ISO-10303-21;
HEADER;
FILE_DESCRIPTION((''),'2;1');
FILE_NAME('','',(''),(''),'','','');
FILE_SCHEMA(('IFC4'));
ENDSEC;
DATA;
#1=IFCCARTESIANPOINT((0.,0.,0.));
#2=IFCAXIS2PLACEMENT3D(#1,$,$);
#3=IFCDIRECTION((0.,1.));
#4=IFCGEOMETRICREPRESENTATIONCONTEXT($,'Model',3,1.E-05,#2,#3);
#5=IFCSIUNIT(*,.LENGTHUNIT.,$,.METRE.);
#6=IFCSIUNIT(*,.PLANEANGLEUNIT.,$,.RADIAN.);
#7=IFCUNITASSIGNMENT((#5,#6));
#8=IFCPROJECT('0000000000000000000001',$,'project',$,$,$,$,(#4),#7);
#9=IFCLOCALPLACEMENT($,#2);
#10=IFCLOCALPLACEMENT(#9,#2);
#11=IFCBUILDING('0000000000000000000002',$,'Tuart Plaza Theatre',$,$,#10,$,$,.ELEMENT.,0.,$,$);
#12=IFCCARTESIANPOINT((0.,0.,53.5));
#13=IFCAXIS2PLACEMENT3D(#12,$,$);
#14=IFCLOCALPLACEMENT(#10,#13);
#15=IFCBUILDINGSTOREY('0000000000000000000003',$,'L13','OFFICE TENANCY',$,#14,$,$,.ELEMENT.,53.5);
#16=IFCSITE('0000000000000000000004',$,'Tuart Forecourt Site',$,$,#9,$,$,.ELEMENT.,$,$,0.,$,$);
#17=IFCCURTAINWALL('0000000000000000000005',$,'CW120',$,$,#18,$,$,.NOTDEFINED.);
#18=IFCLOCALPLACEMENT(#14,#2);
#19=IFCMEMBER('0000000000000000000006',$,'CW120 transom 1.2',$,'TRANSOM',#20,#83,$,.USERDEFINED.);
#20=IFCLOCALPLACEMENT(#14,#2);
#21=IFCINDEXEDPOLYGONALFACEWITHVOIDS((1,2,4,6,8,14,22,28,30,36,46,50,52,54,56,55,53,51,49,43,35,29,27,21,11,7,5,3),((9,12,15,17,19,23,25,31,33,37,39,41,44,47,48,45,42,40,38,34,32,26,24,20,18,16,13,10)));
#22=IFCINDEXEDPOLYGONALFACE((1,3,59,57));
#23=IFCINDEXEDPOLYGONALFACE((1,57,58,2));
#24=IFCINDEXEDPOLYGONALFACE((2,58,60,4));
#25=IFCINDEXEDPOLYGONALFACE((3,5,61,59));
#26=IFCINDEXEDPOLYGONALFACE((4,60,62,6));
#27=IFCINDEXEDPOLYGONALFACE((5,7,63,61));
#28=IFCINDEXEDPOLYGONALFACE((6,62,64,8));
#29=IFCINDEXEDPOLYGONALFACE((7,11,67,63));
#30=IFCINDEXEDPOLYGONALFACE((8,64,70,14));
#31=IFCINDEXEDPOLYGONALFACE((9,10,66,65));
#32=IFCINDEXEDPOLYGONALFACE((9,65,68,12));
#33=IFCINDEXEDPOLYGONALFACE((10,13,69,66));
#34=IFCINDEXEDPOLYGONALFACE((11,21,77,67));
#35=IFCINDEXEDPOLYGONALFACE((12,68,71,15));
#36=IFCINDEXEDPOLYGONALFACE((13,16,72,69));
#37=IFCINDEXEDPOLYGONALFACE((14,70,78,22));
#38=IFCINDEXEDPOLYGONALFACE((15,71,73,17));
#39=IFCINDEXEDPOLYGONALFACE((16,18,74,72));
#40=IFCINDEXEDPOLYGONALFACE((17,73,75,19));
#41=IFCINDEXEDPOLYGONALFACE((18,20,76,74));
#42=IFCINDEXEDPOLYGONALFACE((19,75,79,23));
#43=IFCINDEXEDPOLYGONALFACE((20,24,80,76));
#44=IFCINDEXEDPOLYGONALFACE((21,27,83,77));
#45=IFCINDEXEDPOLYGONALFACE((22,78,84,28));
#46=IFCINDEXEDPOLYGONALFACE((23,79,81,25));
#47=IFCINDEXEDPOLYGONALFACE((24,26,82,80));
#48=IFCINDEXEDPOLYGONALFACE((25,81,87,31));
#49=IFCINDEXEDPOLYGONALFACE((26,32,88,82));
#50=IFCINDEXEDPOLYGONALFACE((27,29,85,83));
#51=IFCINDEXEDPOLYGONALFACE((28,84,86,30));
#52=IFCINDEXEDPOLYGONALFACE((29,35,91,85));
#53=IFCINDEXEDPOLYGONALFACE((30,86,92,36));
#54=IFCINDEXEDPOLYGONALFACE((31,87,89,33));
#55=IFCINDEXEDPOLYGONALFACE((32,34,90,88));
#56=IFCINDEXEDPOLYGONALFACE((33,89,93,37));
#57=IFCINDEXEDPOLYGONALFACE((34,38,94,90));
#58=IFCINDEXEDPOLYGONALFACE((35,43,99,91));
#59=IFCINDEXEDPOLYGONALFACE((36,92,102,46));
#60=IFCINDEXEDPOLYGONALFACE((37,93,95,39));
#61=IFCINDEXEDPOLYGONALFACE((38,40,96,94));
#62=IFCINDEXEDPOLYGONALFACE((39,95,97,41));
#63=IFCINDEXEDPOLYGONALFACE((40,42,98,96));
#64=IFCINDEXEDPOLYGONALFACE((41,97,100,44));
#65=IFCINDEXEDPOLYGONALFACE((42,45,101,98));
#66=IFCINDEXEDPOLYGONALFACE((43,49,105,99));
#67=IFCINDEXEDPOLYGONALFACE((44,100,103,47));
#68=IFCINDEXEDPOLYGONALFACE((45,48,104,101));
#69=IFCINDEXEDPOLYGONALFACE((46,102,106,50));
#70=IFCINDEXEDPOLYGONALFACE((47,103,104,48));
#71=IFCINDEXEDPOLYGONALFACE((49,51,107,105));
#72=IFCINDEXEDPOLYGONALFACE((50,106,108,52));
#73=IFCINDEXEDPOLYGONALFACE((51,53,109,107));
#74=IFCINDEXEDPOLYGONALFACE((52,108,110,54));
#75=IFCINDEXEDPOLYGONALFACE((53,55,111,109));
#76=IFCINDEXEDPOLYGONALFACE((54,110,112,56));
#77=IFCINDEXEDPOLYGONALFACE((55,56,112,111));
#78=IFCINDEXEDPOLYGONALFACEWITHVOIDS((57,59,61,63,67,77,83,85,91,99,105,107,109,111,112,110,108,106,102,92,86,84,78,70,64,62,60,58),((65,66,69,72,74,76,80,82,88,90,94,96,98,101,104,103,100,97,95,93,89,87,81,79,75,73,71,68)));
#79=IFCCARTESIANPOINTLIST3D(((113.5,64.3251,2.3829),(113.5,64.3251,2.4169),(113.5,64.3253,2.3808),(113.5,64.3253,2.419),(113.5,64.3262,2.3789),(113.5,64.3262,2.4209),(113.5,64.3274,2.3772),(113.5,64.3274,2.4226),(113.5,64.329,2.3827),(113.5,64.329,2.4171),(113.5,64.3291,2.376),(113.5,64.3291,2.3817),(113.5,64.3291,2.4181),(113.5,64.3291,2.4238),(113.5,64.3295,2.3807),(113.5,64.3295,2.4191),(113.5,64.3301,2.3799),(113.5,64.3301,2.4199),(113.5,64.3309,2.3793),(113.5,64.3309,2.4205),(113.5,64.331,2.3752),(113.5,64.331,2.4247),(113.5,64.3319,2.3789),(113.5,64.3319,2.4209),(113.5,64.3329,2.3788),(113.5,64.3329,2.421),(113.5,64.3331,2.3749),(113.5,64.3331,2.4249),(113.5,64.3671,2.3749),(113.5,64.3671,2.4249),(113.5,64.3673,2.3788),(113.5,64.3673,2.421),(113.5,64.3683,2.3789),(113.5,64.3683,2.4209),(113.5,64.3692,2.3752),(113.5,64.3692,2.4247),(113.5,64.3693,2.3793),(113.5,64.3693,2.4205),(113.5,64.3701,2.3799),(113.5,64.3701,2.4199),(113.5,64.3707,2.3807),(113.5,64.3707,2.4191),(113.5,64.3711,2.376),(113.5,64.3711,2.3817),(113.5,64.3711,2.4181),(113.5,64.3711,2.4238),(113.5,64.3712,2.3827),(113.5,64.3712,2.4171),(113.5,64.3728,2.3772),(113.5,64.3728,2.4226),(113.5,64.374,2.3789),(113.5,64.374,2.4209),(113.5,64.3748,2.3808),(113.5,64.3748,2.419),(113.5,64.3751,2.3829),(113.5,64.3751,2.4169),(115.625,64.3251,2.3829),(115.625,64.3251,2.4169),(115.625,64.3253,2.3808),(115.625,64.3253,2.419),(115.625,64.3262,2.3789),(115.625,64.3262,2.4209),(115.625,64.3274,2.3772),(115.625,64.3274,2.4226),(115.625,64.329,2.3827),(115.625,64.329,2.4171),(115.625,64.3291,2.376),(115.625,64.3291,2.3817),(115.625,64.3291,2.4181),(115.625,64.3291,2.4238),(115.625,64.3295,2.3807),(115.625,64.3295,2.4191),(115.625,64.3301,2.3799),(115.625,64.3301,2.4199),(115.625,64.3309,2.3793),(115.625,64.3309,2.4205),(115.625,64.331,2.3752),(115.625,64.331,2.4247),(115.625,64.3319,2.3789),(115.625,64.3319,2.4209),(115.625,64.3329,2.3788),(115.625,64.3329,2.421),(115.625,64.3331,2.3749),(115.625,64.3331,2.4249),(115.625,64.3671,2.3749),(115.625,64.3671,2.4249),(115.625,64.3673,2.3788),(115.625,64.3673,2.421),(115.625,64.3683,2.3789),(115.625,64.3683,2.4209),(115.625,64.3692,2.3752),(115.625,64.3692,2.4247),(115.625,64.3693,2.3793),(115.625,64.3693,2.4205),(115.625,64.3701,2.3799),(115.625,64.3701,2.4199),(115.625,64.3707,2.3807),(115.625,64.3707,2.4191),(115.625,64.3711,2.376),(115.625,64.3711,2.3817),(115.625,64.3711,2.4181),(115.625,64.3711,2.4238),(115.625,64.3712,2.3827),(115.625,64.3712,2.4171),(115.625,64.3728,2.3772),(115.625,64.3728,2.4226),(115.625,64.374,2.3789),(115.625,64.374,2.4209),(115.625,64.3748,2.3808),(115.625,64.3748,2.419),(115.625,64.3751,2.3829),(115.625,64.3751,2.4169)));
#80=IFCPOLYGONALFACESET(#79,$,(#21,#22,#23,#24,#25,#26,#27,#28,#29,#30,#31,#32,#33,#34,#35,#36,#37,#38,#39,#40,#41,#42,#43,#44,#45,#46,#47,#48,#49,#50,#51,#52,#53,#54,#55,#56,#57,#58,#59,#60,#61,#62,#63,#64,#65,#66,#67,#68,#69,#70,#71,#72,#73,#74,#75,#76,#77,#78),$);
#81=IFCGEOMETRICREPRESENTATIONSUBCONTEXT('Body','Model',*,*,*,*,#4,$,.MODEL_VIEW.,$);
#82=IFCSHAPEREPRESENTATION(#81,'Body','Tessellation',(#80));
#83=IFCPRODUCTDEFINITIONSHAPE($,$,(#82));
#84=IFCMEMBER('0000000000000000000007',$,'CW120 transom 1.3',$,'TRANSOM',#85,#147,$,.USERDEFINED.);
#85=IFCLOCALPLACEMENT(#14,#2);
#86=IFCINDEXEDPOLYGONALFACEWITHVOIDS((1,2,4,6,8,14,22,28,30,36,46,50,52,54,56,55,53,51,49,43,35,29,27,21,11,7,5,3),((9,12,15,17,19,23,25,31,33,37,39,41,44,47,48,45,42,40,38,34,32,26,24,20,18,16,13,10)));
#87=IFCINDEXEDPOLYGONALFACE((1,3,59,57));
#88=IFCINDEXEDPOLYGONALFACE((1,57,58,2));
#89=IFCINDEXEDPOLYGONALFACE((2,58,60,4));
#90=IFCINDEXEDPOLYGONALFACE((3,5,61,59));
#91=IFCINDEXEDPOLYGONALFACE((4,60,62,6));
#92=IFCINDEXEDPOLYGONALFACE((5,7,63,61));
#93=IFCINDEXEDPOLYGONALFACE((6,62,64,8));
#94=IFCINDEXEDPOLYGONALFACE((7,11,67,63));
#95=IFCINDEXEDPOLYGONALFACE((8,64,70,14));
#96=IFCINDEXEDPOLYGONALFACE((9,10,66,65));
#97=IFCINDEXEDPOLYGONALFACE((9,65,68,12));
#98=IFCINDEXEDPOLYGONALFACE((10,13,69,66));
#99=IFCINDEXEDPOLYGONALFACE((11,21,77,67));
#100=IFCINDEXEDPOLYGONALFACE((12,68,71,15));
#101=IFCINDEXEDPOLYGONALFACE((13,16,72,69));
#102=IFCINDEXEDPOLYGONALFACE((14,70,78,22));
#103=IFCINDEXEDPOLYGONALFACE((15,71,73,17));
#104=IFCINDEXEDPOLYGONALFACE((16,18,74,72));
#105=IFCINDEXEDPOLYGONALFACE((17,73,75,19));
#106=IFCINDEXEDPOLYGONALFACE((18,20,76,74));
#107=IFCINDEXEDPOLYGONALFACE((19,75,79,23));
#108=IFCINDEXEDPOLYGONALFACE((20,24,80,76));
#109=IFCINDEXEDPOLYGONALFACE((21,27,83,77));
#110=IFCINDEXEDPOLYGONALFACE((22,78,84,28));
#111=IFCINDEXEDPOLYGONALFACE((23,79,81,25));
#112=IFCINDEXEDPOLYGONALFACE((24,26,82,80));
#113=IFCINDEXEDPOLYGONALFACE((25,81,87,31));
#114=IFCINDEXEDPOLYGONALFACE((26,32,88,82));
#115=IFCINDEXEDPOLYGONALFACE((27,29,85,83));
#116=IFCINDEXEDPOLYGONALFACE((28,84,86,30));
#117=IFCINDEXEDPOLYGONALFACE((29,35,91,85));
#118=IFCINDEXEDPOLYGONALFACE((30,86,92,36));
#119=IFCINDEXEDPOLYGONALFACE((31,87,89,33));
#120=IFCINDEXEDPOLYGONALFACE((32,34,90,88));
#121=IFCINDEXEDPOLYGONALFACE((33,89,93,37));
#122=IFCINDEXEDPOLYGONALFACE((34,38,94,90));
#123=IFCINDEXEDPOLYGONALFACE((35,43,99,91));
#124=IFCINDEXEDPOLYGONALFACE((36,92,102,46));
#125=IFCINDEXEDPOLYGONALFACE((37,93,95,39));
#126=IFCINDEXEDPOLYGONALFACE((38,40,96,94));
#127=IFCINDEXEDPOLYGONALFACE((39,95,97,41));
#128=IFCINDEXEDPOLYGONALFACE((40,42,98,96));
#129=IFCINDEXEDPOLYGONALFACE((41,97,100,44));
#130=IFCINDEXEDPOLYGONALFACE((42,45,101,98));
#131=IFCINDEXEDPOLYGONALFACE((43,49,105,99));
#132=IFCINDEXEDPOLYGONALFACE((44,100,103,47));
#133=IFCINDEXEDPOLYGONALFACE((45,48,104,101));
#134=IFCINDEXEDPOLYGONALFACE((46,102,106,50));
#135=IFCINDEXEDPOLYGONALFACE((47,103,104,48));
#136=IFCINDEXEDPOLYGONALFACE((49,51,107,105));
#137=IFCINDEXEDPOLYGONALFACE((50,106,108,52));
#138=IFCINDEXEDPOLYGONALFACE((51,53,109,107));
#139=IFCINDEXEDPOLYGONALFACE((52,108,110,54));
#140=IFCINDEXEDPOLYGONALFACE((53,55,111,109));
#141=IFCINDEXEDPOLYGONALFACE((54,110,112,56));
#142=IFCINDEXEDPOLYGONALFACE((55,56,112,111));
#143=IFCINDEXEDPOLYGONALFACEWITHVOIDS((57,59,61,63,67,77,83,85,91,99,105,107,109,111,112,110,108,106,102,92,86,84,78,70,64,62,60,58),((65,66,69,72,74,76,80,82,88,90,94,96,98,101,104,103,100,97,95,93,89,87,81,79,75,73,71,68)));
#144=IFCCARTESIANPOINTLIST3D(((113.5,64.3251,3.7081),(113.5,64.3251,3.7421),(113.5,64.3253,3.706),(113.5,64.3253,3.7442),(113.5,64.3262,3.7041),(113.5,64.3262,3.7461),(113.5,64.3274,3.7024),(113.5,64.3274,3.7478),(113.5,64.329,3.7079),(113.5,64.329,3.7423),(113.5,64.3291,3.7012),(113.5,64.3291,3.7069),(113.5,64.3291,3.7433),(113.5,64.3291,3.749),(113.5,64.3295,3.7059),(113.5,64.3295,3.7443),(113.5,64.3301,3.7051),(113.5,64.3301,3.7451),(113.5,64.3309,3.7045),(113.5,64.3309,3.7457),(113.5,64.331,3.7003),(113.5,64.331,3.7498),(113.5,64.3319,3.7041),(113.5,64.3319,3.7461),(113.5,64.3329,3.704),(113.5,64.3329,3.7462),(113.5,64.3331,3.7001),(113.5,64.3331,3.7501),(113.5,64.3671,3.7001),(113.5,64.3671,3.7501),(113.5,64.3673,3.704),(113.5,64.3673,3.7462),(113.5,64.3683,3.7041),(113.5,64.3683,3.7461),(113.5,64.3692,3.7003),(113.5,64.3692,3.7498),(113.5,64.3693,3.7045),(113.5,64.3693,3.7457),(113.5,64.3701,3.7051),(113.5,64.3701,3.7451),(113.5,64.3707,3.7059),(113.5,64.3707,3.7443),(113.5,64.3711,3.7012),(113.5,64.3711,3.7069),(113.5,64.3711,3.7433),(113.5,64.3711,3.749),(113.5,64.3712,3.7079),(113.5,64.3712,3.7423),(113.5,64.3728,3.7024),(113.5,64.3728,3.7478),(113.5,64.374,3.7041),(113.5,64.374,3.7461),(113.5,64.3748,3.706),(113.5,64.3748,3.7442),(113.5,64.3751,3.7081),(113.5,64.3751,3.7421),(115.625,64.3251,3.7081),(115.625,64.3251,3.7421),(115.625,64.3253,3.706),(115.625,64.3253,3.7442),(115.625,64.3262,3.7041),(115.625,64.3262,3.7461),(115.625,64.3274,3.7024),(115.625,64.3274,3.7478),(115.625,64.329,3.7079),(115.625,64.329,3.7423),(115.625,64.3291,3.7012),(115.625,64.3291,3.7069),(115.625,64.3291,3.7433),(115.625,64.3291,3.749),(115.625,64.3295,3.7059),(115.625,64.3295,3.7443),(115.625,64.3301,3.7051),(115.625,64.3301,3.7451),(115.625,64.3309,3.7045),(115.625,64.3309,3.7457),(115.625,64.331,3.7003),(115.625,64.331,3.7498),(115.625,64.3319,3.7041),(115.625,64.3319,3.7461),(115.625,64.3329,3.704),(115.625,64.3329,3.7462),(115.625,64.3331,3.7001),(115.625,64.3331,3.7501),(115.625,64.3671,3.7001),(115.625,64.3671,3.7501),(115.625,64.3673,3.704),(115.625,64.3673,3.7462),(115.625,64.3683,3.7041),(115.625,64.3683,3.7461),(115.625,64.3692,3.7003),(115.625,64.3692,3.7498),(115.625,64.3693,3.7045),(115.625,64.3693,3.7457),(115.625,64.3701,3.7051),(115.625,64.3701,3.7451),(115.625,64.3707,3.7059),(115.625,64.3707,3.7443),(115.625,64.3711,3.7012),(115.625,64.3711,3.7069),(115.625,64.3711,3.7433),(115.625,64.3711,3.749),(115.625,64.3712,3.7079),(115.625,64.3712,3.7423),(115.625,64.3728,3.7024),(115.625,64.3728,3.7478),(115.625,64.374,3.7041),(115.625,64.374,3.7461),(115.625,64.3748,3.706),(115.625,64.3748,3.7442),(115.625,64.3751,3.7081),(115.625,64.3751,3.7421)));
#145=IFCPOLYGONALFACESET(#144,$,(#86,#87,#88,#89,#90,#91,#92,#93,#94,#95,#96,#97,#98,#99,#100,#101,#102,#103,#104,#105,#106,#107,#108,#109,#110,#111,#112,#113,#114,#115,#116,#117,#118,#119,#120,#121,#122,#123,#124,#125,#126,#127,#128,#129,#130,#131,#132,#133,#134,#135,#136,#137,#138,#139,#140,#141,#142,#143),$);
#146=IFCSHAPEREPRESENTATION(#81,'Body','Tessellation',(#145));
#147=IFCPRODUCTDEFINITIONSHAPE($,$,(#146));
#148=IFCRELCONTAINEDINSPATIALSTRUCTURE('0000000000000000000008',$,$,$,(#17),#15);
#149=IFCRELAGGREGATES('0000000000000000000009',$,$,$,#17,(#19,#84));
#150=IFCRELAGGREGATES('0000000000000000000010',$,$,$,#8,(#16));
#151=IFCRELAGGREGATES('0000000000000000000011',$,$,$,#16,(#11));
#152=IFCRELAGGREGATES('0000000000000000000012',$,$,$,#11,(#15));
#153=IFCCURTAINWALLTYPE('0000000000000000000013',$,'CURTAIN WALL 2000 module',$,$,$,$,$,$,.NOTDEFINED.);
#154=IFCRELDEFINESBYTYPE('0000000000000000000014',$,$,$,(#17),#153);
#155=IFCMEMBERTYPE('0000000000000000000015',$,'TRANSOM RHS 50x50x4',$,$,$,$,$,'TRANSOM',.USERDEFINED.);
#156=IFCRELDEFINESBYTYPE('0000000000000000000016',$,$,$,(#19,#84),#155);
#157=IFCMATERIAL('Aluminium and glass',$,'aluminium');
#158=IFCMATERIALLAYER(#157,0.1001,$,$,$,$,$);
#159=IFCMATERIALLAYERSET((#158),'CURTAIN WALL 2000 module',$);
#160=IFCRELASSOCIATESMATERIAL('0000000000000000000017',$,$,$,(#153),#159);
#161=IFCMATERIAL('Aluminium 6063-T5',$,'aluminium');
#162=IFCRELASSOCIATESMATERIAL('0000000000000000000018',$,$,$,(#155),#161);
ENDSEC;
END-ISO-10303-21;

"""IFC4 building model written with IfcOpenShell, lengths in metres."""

from ifc_helpers import new_model, si_unit, direction, frame, origin, origin_2d, place, context, subcontext, project, spatial, hollow_rectangle, extrude, material, layer, layer_set, material_profile, profile_set, type_object, element, aggregate, save


model = new_model("IFC4")

# Units and contexts
model_context = context("Model", 3, precision=1e-05, world=origin(), true_north=direction((0.0, 1.0)))
body_context = subcontext(model_context, "Body", "Model", "MODEL_VIEW")
ifc_project = project(units=[si_unit("LENGTHUNIT", "METRE"), si_unit("PLANEANGLEUNIT", "RADIAN")], contexts=[model_context])

# Site, building, storey
site_placement = place(None, origin())
site = spatial("IfcSite", under=ifc_project, at=site_placement, Name="Tuart Forecourt Site", CompositionType="ELEMENT", RefElevation=0.0)
building_placement = place(site_placement, origin())
building = spatial("IfcBuilding", under=site, at=building_placement, Name="Tuart Plaza Theatre", CompositionType="ELEMENT", ElevationOfRefHeight=0.0)
storey_placement = place(building_placement, frame((0.0, 0.0, 53.5)))
storey = spatial("IfcBuildingStorey", under=building, at=storey_placement, Name="L13", Description="OFFICE TENANCY", CompositionType="ELEMENT", Elevation=53.5)

# Curtain wall
ifc_material_1 = material(Name="Aluminium and glass", Category="aluminium")
ifc_layer_1 = layer(ifc_material_1, 0.1001)
ifc_layer_set_1 = layer_set([ifc_layer_1], Name="CURTAIN WALL 2000 module")
curtain_wall_type = type_object("IfcCurtainWallType", Name="CURTAIN WALL 2000 module", PredefinedType="NOTDEFINED", material=ifc_layer_set_1)
curtain_wall_1_placement = place(storey_placement, origin())
curtain_wall_1 = element("IfcCurtainWall", 1, at=curtain_wall_1_placement, inside=storey, type_object=curtain_wall_type, Name="CW120", PredefinedType="NOTDEFINED")
ifc_material_2 = material(Name="Aluminium 6063-T5", Category="aluminium")
ifc_material_profile_1 = material_profile(ifc_material_2, hollow_rectangle(XDim=0.05, YDim=0.05, WallThickness=0.0039, InnerFilletRadius=0.0039, OuterFilletRadius=0.0081, at=origin_2d()), Name="RHS 50x50x4")
ifc_profile_set_1 = profile_set([ifc_material_profile_1], Name="Aluminium 6063-T5")
member_type_1 = type_object("IfcMemberType", Name="TRANSOM RHS 50x50x4", ElementType="TRANSOM", PredefinedType="USERDEFINED", material=ifc_profile_set_1)

# Members
member_1_placement = place(storey_placement, frame((113.5, 64.3501, 2.3999), z_axis=(1.0, 0.0, 0.0), x_axis=(0.0, 1.0, 0.0)))
member_1 = element("IfcMember", 2, at=member_1_placement, type_object=member_type_1, Name="CW120 transom 1.2", ObjectType="TRANSOM", PredefinedType="USERDEFINED", context=body_context, shape_type="SweptSolid", body=[
    extrude(hollow_rectangle(XDim=0.05, YDim=0.05, WallThickness=0.0039, InnerFilletRadius=0.0039, OuterFilletRadius=0.0081, at=origin_2d()), origin(), (0.0, 0.0, 1.0), 2.125),
])
member_2_placement = place(storey_placement, frame((113.5, 64.3501, 3.7251), z_axis=(1.0, 0.0, 0.0), x_axis=(0.0, 1.0, 0.0)))
member_2 = element("IfcMember", 3, at=member_2_placement, type_object=member_type_1, Name="CW120 transom 1.3", ObjectType="TRANSOM", PredefinedType="USERDEFINED", context=body_context, shape_type="SweptSolid", body=[
    extrude(hollow_rectangle(XDim=0.05, YDim=0.05, WallThickness=0.0039, InnerFilletRadius=0.0039, OuterFilletRadius=0.0081, at=origin_2d()), origin(), (0.0, 0.0, 1.0), 2.125),
])

aggregate(curtain_wall_1, [member_1, member_2])

save(model, "model.ifc")
